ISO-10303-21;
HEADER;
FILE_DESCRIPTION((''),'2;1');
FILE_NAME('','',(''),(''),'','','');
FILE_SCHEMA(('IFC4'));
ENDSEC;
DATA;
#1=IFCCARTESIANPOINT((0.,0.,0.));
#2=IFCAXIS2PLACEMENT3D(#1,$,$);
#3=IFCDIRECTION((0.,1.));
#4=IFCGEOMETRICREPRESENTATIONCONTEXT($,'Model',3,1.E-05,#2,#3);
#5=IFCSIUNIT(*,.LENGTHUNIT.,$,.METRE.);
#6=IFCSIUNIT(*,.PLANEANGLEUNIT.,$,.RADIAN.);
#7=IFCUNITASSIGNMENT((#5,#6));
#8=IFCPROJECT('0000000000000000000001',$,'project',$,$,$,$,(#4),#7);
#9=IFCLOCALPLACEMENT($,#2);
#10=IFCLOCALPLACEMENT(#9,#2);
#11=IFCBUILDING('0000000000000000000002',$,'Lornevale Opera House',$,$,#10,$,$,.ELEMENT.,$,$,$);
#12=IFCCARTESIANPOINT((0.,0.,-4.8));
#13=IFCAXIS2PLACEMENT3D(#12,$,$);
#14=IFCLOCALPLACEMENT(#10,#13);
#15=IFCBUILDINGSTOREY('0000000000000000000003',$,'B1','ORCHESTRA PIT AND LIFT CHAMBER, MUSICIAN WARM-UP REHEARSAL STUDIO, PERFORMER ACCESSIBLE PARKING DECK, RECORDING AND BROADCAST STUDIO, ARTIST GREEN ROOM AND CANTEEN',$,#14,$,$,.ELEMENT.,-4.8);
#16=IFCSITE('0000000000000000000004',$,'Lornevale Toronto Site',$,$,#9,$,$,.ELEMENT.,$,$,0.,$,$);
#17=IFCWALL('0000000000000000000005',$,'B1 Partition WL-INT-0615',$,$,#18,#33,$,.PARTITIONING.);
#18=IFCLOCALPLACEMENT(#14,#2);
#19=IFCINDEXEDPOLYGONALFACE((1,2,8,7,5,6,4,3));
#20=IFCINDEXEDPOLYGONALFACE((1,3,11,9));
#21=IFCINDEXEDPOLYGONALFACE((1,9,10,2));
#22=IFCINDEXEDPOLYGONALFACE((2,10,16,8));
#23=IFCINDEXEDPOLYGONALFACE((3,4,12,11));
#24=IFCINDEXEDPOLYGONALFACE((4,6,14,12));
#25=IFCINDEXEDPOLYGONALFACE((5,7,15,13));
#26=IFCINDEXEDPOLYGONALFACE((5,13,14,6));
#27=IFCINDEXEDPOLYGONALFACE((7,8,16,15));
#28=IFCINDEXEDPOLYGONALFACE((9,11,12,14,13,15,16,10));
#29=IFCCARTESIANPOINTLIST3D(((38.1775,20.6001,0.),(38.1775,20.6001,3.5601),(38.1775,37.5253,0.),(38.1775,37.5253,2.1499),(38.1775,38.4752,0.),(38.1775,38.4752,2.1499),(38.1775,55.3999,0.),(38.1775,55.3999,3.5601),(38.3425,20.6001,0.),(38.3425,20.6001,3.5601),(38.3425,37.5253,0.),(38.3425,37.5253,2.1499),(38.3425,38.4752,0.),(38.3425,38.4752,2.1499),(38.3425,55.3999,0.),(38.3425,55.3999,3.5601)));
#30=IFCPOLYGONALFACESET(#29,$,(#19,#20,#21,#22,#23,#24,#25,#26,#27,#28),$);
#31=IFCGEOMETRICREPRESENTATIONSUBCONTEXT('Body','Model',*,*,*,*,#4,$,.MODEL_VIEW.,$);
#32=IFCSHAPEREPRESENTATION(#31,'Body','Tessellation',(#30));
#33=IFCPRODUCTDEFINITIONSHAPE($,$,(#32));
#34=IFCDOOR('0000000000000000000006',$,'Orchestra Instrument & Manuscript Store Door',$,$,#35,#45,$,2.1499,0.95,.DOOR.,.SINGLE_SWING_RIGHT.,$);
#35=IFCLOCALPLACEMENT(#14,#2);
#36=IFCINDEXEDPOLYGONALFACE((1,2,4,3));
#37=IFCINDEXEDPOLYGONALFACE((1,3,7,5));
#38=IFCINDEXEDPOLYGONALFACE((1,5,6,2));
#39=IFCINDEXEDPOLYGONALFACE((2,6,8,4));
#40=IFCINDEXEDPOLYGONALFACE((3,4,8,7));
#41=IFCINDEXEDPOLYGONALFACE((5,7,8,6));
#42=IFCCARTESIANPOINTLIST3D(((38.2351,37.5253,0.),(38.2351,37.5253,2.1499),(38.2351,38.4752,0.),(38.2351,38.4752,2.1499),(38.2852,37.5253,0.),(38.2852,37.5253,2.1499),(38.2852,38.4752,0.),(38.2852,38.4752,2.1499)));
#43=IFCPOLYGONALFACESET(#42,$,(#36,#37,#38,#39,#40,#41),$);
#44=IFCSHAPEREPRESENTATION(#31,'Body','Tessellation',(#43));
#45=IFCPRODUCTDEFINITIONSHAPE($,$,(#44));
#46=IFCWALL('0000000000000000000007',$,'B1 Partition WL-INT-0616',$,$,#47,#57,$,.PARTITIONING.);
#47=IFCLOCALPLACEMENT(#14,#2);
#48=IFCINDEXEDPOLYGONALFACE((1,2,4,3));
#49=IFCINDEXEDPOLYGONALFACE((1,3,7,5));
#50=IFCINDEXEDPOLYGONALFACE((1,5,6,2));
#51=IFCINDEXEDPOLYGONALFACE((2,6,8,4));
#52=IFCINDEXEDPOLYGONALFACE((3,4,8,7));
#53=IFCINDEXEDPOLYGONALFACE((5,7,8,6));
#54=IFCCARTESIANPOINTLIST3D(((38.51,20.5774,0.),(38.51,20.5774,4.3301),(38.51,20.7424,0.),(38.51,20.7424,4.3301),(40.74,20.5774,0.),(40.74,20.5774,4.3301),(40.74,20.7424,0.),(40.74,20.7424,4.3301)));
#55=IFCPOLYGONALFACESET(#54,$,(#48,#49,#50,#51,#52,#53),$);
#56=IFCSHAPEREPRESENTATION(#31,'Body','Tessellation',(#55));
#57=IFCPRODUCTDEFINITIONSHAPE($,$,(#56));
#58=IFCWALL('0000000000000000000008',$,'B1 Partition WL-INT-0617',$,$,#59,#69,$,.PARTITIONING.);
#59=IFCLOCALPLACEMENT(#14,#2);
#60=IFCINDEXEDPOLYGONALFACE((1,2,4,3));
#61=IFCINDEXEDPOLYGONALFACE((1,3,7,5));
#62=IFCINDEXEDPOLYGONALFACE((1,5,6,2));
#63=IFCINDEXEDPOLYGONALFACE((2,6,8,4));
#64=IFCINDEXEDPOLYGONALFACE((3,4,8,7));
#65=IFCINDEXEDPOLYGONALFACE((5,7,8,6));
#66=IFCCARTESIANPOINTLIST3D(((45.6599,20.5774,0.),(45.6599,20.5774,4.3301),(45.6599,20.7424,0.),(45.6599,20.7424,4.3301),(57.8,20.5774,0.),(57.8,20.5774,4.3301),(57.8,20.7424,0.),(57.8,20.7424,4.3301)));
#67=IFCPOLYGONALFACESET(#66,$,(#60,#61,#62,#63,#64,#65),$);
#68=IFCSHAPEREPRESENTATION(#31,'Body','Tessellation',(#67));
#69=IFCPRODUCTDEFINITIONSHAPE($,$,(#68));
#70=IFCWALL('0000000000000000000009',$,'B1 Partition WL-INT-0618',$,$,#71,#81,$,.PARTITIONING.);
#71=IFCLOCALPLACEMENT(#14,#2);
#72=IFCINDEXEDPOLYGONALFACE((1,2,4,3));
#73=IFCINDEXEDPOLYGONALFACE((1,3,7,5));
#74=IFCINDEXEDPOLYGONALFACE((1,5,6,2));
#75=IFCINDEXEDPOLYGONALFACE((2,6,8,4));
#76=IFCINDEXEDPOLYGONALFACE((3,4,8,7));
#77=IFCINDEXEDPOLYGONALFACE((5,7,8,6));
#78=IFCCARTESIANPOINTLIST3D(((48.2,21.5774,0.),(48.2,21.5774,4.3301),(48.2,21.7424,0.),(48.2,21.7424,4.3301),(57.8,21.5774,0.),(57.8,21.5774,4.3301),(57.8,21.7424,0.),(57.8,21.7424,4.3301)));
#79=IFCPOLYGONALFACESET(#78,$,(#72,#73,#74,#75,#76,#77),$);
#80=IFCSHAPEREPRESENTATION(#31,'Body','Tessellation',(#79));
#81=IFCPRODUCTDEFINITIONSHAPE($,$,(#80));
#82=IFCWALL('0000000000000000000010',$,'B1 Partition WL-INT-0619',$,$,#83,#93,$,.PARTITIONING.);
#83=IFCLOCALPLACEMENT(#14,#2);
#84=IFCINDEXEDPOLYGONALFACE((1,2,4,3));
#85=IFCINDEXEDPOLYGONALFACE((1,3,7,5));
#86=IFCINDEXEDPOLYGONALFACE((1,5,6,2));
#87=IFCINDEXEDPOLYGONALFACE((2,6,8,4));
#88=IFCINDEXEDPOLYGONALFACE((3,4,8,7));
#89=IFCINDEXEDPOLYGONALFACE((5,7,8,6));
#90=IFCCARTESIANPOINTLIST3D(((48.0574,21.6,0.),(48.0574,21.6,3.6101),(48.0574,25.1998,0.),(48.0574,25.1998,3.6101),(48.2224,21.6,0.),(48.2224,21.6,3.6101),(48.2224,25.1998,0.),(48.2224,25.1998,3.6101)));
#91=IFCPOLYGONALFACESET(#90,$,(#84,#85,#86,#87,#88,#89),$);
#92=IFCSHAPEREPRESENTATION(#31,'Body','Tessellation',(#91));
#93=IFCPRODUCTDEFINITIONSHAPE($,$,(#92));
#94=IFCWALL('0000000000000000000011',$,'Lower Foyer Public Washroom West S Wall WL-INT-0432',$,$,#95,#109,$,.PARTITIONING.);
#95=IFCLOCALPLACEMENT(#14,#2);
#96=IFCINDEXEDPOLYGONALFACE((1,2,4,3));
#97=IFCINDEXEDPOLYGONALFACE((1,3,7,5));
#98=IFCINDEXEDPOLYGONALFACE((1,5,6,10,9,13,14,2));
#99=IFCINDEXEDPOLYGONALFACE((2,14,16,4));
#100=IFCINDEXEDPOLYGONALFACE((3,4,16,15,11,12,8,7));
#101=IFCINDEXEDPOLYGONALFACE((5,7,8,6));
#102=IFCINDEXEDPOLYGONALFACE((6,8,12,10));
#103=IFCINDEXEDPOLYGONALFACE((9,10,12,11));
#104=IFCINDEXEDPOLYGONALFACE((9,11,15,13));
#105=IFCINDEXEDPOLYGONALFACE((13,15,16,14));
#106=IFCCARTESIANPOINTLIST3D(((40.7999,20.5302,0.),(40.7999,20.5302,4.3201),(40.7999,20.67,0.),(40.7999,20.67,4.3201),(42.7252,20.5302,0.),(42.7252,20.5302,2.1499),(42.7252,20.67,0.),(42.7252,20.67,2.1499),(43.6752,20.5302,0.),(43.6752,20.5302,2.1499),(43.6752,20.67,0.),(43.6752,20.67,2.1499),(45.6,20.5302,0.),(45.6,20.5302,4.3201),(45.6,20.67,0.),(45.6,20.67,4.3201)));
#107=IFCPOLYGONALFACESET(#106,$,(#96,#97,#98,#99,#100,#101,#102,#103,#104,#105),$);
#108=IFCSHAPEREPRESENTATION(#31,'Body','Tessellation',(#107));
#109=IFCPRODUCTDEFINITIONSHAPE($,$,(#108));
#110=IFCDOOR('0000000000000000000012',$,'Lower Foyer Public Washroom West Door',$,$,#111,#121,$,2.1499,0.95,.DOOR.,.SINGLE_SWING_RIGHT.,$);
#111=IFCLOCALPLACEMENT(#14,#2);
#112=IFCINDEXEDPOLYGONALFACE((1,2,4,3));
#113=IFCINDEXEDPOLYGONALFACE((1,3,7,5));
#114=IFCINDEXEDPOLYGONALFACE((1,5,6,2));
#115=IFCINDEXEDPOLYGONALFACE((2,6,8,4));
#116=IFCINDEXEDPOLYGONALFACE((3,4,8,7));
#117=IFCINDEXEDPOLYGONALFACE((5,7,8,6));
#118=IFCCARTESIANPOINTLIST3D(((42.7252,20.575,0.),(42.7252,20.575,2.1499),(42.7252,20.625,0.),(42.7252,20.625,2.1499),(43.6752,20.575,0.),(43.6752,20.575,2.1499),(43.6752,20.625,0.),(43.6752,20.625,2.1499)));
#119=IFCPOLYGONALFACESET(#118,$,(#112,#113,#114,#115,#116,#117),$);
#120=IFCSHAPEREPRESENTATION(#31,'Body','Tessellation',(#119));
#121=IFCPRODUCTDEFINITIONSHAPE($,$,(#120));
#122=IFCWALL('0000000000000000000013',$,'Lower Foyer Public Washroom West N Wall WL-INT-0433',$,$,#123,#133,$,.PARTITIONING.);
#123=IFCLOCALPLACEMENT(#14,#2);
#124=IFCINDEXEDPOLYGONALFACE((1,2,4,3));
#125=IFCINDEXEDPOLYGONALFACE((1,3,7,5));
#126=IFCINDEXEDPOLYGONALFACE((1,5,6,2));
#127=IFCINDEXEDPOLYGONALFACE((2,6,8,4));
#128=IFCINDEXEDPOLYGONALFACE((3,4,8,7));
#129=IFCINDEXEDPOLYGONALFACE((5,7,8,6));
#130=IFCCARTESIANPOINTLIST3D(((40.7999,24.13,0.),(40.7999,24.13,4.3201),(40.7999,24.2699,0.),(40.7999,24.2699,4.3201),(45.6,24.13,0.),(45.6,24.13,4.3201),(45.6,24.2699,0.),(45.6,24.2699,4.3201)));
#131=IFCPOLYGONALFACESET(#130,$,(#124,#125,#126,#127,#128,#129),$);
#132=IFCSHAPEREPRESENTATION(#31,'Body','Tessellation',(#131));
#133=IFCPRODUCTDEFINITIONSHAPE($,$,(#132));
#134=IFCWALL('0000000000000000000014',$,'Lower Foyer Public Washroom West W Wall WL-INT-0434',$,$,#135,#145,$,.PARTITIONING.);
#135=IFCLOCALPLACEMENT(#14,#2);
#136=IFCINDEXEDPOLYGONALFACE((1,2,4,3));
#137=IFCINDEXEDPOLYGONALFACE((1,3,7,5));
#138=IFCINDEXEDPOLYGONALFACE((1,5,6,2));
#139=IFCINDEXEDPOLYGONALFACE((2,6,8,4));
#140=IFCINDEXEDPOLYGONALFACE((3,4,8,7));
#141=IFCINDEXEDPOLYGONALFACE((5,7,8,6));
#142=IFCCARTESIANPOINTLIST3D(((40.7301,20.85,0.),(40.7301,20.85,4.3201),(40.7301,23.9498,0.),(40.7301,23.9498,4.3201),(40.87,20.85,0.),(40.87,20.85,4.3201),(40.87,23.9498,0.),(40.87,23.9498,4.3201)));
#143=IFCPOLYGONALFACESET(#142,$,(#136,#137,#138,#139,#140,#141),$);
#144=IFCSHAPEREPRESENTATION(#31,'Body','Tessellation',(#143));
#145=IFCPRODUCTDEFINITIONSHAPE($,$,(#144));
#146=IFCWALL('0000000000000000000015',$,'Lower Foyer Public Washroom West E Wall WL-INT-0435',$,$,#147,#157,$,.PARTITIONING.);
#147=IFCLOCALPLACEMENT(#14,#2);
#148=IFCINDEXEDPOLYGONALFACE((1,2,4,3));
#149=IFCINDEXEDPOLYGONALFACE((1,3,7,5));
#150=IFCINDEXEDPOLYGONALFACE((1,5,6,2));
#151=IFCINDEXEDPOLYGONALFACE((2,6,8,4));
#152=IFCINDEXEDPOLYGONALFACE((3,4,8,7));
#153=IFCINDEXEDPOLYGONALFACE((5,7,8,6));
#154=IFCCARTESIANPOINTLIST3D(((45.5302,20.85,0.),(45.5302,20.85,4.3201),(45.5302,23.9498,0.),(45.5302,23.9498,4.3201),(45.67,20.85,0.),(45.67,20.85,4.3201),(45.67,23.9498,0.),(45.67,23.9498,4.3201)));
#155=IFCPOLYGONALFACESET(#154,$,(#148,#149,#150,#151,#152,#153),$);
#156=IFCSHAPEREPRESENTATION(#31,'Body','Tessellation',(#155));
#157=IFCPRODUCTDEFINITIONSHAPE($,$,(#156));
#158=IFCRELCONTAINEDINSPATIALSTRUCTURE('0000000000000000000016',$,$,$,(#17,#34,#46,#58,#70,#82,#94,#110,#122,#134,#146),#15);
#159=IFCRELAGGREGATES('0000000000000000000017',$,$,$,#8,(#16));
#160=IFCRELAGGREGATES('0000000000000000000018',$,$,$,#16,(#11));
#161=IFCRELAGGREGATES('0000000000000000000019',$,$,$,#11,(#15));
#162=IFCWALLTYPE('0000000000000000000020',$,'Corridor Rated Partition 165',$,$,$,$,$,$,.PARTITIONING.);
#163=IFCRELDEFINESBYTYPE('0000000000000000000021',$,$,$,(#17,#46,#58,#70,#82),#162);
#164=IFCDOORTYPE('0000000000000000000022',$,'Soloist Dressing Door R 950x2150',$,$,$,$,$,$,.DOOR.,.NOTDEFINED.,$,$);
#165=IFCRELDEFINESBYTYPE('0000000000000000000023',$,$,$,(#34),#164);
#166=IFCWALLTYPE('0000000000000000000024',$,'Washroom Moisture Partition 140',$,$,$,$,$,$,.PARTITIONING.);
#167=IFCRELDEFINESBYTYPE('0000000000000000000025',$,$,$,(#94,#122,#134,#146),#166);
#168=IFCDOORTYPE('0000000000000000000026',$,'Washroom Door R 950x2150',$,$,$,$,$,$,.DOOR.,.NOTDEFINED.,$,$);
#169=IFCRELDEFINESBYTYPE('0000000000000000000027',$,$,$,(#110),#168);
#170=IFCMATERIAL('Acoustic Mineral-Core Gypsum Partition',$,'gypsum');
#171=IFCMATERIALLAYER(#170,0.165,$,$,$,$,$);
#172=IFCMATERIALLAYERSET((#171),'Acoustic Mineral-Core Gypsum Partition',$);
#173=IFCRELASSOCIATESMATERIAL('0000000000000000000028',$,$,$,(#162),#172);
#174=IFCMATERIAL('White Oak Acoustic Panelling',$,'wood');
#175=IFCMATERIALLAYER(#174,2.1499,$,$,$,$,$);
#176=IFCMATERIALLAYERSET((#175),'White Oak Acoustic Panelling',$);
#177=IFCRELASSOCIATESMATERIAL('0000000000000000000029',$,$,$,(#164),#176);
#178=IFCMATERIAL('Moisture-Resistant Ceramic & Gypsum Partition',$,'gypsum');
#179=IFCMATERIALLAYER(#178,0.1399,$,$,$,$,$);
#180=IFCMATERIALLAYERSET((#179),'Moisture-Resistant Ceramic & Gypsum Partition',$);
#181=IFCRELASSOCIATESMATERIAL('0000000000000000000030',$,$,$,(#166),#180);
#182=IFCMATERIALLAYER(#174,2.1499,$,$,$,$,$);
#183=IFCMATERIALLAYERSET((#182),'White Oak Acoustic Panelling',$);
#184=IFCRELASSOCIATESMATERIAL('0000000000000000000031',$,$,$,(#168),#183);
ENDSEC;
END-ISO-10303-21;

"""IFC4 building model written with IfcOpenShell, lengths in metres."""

from ifc_helpers import new_model, si_unit, direction, frame, frame_2d, origin, place, context, subcontext, project, spatial, rectangle, extrude, material, layer, layer_set, type_object, element, fill, save


model = new_model("IFC4")

# Units and contexts
model_context = context("Model", 3, precision=1e-05, world=origin(), true_north=direction((0.0, 1.0)))
body_context = subcontext(model_context, "Body", "Model", "MODEL_VIEW")
ifc_project = project(units=[si_unit("LENGTHUNIT", "METRE"), si_unit("PLANEANGLEUNIT", "RADIAN")], contexts=[model_context])

# Site, building, storey
site_placement = place(None, origin())
site = spatial("IfcSite", under=ifc_project, at=site_placement, Name="Lornevale Toronto Site", CompositionType="ELEMENT", RefElevation=0.0)
building_placement = place(site_placement, origin())
building = spatial("IfcBuilding", under=site, at=building_placement, Name="Lornevale Opera House", CompositionType="ELEMENT")
storey_placement = place(building_placement, frame((0.0, 0.0, -4.8)))
storey = spatial("IfcBuildingStorey", under=building, at=storey_placement, Name="B1", Description="ORCHESTRA PIT AND LIFT CHAMBER, MUSICIAN WARM-UP REHEARSAL STUDIO, PERFORMER ACCESSIBLE PARKING DECK, RECORDING AND BROADCAST STUDIO, ARTIST GREEN ROOM AND CANTEEN", CompositionType="ELEMENT", Elevation=-4.8)

# Shared definitions
ifc_material_1 = material(Name="Acoustic Mineral-Core Gypsum Partition", Category="gypsum")
ifc_layer_1 = layer(ifc_material_1, 0.165)
ifc_layer_set_1 = layer_set([ifc_layer_1], Name="Acoustic Mineral-Core Gypsum Partition")
wall_type_1 = type_object("IfcWallType", Name="Corridor Rated Partition 165", PredefinedType="PARTITIONING", material=ifc_layer_set_1)

# Wall, opening, door
wall_1_placement = place(storey_placement, frame((38.26, 20.6001, 0.0), z_axis=(0.0, 0.0, 1.0), x_axis=(0.0, 1.0, 0.0)))
wall_1 = element("IfcWall", 1, at=wall_1_placement, inside=storey, type_object=wall_type_1, Name="B1 Partition WL-INT-0615", PredefinedType="PARTITIONING", context=body_context, shape_type="SweptSolid", body=[
    extrude(rectangle(XDim=34.7998, YDim=0.165, at=frame_2d((17.3999, 0.0))), origin(), (0.0, 0.0, 1.0), 3.5601),
])
opening_1_placement = place(wall_1_placement, frame((16.925, 0.0, 0.0)))
opening_1 = element("IfcOpeningElement", 2, at=opening_1_placement, cuts=wall_1, PredefinedType="OPENING", context=body_context, shape_type="SweptSolid", body=[
    extrude(rectangle(XDim=0.95, YDim=2.1499, at=frame_2d((0.4751, 1.075))), frame((0.0, 0.0925, 0.0), z_axis=(0.0, -1.0, 0.0), x_axis=(1.0, 0.0, 0.0)), (0.0, 0.0, 1.0), 0.1851),
])
ifc_material_2 = material(Name="White Oak Acoustic Panelling", Category="wood")
ifc_layer_2 = layer(ifc_material_2, 2.1499)
ifc_layer_set_2 = layer_set([ifc_layer_2], Name="White Oak Acoustic Panelling")
door_type_1 = type_object("IfcDoorType", Name="Soloist Dressing Door R 950x2150", OperationType="NOTDEFINED", PredefinedType="DOOR", material=ifc_layer_set_2)
door_1_placement = place(opening_1_placement, origin())
door_1 = element("IfcDoor", 3, at=door_1_placement, inside=storey, type_object=door_type_1, Name="Orchestra Instrument & Manuscript Store Door", OperationType="SINGLE_SWING_RIGHT", OverallHeight=2.1499, OverallWidth=0.95, PredefinedType="DOOR", context=body_context, shape_type="SweptSolid", body=[
    extrude(rectangle(XDim=0.95, YDim=2.1499, at=frame_2d((0.4751, 1.075))), frame((0.0, 0.0249, 0.0), z_axis=(0.0, -1.0, 0.0), x_axis=(1.0, 0.0, 0.0)), (0.0, 0.0, 1.0), 0.05),
])
fill(opening_1, door_1)

# Walls
wall_2_placement = place(storey_placement, frame((38.51, 20.6599, 0.0), z_axis=(0.0, 0.0, 1.0), x_axis=(1.0, 0.0, 0.0)))
element("IfcWall", 4, at=wall_2_placement, inside=storey, type_object=wall_type_1, Name="B1 Partition WL-INT-0616", PredefinedType="PARTITIONING", context=body_context, shape_type="SweptSolid", body=[
    extrude(rectangle(XDim=2.23, YDim=0.165, at=frame_2d((1.115, 0.0))), origin(), (0.0, 0.0, 1.0), 4.3301),
])
wall_3_placement = place(storey_placement, frame((45.6599, 20.6599, 0.0), z_axis=(0.0, 0.0, 1.0), x_axis=(1.0, 0.0, 0.0)))
element("IfcWall", 5, at=wall_3_placement, inside=storey, type_object=wall_type_1, Name="B1 Partition WL-INT-0617", PredefinedType="PARTITIONING", context=body_context, shape_type="SweptSolid", body=[
    extrude(rectangle(XDim=12.1401, YDim=0.165, at=frame_2d((6.0701, 0.0))), origin(), (0.0, 0.0, 1.0), 4.3301),
])
wall_4_placement = place(storey_placement, frame((48.2, 21.6599, 0.0), z_axis=(0.0, 0.0, 1.0), x_axis=(1.0, 0.0, 0.0)))
element("IfcWall", 6, at=wall_4_placement, inside=storey, type_object=wall_type_1, Name="B1 Partition WL-INT-0618", PredefinedType="PARTITIONING", context=body_context, shape_type="SweptSolid", body=[
    extrude(rectangle(XDim=9.6001, YDim=0.165, at=frame_2d((4.8, 0.0))), origin(), (0.0, 0.0, 1.0), 4.3301),
])
wall_5_placement = place(storey_placement, frame((48.1399, 21.6001, 0.0), z_axis=(0.0, 0.0, 1.0), x_axis=(0.0, 1.0, 0.0)))
element("IfcWall", 7, at=wall_5_placement, inside=storey, type_object=wall_type_1, Name="B1 Partition WL-INT-0619", PredefinedType="PARTITIONING", context=body_context, shape_type="SweptSolid", body=[
    extrude(rectangle(XDim=3.5999, YDim=0.165, at=frame_2d((1.7998, 0.0))), origin(), (0.0, 0.0, 1.0), 3.6101),
])

# Wall, opening, door
ifc_material_3 = material(Name="Moisture-Resistant Ceramic & Gypsum Partition", Category="gypsum")
ifc_layer_3 = layer(ifc_material_3, 0.1399)
ifc_layer_set_3 = layer_set([ifc_layer_3], Name="Moisture-Resistant Ceramic & Gypsum Partition")
wall_type_2 = type_object("IfcWallType", Name="Washroom Moisture Partition 140", PredefinedType="PARTITIONING", material=ifc_layer_set_3)
wall_6_placement = place(storey_placement, frame((40.8, 20.6001, 0.0), z_axis=(0.0, 0.0, 1.0), x_axis=(1.0, 0.0, 0.0)))
wall_6 = element("IfcWall", 8, at=wall_6_placement, inside=storey, type_object=wall_type_2, Name="Lower Foyer Public Washroom West S Wall WL-INT-0432", PredefinedType="PARTITIONING", context=body_context, shape_type="SweptSolid", body=[
    extrude(rectangle(XDim=4.8, YDim=0.1399, at=frame_2d((2.3999, 0.0))), origin(), (0.0, 0.0, 1.0), 4.3201),
])
opening_2_placement = place(wall_6_placement, frame((1.925, 0.0, 0.0)))
opening_2 = element("IfcOpeningElement", 9, at=opening_2_placement, cuts=wall_6, PredefinedType="OPENING", context=body_context, shape_type="SweptSolid", body=[
    extrude(rectangle(XDim=0.95, YDim=2.1499, at=frame_2d((0.4751, 1.075))), frame((0.0, 0.0798, 0.0), z_axis=(0.0, -1.0, 0.0), x_axis=(1.0, 0.0, 0.0)), (0.0, 0.0, 1.0), 0.1599),
])
ifc_layer_4 = layer(ifc_material_2, 2.1499)
ifc_layer_set_4 = layer_set([ifc_layer_4], Name="White Oak Acoustic Panelling")
door_type_2 = type_object("IfcDoorType", Name="Washroom Door R 950x2150", OperationType="NOTDEFINED", PredefinedType="DOOR", material=ifc_layer_set_4)
door_2_placement = place(opening_2_placement, origin())
door_2 = element("IfcDoor", 10, at=door_2_placement, inside=storey, type_object=door_type_2, Name="Lower Foyer Public Washroom West Door", OperationType="SINGLE_SWING_RIGHT", OverallHeight=2.1499, OverallWidth=0.95, PredefinedType="DOOR", context=body_context, shape_type="SweptSolid", body=[
    extrude(rectangle(XDim=0.95, YDim=2.1499, at=frame_2d((0.4751, 1.075))), frame((0.0, 0.0249, 0.0), z_axis=(0.0, -1.0, 0.0), x_axis=(1.0, 0.0, 0.0)), (0.0, 0.0, 1.0), 0.05),
])
fill(opening_2, door_2)

# Walls
wall_7_placement = place(storey_placement, frame((40.8, 24.2, 0.0), z_axis=(0.0, 0.0, 1.0), x_axis=(1.0, 0.0, 0.0)))
element("IfcWall", 11, at=wall_7_placement, inside=storey, type_object=wall_type_2, Name="Lower Foyer Public Washroom West N Wall WL-INT-0433", PredefinedType="PARTITIONING", context=body_context, shape_type="SweptSolid", body=[
    extrude(rectangle(XDim=4.8, YDim=0.1399, at=frame_2d((2.3999, 0.0))), origin(), (0.0, 0.0, 1.0), 4.3201),
])
for number, where, z_axis, x_axis, name in (
    (12, (40.8, 20.8501, 0.0), (0.0, 0.0, 1.0), (0.0, 1.0, 0.0), "Lower Foyer Public Washroom West W Wall WL-INT-0434"),
    (13, (45.6001, 20.8501, 0.0), (0.0, 0.0, 1.0), (0.0, 1.0, 0.0), "Lower Foyer Public Washroom West E Wall WL-INT-0435"),
):
    element("IfcWall", number, at=place(storey_placement, frame(where, z_axis=z_axis, x_axis=x_axis)), inside=storey, type_object=wall_type_2, Name=name, PredefinedType="PARTITIONING", context=body_context, shape_type="SweptSolid", body=[
        extrude(rectangle(XDim=3.0999, YDim=0.1399, at=frame_2d((1.5498, 0.0))), origin(), (0.0, 0.0, 1.0), 4.3201),
    ])

save(model, "model.ifc")
